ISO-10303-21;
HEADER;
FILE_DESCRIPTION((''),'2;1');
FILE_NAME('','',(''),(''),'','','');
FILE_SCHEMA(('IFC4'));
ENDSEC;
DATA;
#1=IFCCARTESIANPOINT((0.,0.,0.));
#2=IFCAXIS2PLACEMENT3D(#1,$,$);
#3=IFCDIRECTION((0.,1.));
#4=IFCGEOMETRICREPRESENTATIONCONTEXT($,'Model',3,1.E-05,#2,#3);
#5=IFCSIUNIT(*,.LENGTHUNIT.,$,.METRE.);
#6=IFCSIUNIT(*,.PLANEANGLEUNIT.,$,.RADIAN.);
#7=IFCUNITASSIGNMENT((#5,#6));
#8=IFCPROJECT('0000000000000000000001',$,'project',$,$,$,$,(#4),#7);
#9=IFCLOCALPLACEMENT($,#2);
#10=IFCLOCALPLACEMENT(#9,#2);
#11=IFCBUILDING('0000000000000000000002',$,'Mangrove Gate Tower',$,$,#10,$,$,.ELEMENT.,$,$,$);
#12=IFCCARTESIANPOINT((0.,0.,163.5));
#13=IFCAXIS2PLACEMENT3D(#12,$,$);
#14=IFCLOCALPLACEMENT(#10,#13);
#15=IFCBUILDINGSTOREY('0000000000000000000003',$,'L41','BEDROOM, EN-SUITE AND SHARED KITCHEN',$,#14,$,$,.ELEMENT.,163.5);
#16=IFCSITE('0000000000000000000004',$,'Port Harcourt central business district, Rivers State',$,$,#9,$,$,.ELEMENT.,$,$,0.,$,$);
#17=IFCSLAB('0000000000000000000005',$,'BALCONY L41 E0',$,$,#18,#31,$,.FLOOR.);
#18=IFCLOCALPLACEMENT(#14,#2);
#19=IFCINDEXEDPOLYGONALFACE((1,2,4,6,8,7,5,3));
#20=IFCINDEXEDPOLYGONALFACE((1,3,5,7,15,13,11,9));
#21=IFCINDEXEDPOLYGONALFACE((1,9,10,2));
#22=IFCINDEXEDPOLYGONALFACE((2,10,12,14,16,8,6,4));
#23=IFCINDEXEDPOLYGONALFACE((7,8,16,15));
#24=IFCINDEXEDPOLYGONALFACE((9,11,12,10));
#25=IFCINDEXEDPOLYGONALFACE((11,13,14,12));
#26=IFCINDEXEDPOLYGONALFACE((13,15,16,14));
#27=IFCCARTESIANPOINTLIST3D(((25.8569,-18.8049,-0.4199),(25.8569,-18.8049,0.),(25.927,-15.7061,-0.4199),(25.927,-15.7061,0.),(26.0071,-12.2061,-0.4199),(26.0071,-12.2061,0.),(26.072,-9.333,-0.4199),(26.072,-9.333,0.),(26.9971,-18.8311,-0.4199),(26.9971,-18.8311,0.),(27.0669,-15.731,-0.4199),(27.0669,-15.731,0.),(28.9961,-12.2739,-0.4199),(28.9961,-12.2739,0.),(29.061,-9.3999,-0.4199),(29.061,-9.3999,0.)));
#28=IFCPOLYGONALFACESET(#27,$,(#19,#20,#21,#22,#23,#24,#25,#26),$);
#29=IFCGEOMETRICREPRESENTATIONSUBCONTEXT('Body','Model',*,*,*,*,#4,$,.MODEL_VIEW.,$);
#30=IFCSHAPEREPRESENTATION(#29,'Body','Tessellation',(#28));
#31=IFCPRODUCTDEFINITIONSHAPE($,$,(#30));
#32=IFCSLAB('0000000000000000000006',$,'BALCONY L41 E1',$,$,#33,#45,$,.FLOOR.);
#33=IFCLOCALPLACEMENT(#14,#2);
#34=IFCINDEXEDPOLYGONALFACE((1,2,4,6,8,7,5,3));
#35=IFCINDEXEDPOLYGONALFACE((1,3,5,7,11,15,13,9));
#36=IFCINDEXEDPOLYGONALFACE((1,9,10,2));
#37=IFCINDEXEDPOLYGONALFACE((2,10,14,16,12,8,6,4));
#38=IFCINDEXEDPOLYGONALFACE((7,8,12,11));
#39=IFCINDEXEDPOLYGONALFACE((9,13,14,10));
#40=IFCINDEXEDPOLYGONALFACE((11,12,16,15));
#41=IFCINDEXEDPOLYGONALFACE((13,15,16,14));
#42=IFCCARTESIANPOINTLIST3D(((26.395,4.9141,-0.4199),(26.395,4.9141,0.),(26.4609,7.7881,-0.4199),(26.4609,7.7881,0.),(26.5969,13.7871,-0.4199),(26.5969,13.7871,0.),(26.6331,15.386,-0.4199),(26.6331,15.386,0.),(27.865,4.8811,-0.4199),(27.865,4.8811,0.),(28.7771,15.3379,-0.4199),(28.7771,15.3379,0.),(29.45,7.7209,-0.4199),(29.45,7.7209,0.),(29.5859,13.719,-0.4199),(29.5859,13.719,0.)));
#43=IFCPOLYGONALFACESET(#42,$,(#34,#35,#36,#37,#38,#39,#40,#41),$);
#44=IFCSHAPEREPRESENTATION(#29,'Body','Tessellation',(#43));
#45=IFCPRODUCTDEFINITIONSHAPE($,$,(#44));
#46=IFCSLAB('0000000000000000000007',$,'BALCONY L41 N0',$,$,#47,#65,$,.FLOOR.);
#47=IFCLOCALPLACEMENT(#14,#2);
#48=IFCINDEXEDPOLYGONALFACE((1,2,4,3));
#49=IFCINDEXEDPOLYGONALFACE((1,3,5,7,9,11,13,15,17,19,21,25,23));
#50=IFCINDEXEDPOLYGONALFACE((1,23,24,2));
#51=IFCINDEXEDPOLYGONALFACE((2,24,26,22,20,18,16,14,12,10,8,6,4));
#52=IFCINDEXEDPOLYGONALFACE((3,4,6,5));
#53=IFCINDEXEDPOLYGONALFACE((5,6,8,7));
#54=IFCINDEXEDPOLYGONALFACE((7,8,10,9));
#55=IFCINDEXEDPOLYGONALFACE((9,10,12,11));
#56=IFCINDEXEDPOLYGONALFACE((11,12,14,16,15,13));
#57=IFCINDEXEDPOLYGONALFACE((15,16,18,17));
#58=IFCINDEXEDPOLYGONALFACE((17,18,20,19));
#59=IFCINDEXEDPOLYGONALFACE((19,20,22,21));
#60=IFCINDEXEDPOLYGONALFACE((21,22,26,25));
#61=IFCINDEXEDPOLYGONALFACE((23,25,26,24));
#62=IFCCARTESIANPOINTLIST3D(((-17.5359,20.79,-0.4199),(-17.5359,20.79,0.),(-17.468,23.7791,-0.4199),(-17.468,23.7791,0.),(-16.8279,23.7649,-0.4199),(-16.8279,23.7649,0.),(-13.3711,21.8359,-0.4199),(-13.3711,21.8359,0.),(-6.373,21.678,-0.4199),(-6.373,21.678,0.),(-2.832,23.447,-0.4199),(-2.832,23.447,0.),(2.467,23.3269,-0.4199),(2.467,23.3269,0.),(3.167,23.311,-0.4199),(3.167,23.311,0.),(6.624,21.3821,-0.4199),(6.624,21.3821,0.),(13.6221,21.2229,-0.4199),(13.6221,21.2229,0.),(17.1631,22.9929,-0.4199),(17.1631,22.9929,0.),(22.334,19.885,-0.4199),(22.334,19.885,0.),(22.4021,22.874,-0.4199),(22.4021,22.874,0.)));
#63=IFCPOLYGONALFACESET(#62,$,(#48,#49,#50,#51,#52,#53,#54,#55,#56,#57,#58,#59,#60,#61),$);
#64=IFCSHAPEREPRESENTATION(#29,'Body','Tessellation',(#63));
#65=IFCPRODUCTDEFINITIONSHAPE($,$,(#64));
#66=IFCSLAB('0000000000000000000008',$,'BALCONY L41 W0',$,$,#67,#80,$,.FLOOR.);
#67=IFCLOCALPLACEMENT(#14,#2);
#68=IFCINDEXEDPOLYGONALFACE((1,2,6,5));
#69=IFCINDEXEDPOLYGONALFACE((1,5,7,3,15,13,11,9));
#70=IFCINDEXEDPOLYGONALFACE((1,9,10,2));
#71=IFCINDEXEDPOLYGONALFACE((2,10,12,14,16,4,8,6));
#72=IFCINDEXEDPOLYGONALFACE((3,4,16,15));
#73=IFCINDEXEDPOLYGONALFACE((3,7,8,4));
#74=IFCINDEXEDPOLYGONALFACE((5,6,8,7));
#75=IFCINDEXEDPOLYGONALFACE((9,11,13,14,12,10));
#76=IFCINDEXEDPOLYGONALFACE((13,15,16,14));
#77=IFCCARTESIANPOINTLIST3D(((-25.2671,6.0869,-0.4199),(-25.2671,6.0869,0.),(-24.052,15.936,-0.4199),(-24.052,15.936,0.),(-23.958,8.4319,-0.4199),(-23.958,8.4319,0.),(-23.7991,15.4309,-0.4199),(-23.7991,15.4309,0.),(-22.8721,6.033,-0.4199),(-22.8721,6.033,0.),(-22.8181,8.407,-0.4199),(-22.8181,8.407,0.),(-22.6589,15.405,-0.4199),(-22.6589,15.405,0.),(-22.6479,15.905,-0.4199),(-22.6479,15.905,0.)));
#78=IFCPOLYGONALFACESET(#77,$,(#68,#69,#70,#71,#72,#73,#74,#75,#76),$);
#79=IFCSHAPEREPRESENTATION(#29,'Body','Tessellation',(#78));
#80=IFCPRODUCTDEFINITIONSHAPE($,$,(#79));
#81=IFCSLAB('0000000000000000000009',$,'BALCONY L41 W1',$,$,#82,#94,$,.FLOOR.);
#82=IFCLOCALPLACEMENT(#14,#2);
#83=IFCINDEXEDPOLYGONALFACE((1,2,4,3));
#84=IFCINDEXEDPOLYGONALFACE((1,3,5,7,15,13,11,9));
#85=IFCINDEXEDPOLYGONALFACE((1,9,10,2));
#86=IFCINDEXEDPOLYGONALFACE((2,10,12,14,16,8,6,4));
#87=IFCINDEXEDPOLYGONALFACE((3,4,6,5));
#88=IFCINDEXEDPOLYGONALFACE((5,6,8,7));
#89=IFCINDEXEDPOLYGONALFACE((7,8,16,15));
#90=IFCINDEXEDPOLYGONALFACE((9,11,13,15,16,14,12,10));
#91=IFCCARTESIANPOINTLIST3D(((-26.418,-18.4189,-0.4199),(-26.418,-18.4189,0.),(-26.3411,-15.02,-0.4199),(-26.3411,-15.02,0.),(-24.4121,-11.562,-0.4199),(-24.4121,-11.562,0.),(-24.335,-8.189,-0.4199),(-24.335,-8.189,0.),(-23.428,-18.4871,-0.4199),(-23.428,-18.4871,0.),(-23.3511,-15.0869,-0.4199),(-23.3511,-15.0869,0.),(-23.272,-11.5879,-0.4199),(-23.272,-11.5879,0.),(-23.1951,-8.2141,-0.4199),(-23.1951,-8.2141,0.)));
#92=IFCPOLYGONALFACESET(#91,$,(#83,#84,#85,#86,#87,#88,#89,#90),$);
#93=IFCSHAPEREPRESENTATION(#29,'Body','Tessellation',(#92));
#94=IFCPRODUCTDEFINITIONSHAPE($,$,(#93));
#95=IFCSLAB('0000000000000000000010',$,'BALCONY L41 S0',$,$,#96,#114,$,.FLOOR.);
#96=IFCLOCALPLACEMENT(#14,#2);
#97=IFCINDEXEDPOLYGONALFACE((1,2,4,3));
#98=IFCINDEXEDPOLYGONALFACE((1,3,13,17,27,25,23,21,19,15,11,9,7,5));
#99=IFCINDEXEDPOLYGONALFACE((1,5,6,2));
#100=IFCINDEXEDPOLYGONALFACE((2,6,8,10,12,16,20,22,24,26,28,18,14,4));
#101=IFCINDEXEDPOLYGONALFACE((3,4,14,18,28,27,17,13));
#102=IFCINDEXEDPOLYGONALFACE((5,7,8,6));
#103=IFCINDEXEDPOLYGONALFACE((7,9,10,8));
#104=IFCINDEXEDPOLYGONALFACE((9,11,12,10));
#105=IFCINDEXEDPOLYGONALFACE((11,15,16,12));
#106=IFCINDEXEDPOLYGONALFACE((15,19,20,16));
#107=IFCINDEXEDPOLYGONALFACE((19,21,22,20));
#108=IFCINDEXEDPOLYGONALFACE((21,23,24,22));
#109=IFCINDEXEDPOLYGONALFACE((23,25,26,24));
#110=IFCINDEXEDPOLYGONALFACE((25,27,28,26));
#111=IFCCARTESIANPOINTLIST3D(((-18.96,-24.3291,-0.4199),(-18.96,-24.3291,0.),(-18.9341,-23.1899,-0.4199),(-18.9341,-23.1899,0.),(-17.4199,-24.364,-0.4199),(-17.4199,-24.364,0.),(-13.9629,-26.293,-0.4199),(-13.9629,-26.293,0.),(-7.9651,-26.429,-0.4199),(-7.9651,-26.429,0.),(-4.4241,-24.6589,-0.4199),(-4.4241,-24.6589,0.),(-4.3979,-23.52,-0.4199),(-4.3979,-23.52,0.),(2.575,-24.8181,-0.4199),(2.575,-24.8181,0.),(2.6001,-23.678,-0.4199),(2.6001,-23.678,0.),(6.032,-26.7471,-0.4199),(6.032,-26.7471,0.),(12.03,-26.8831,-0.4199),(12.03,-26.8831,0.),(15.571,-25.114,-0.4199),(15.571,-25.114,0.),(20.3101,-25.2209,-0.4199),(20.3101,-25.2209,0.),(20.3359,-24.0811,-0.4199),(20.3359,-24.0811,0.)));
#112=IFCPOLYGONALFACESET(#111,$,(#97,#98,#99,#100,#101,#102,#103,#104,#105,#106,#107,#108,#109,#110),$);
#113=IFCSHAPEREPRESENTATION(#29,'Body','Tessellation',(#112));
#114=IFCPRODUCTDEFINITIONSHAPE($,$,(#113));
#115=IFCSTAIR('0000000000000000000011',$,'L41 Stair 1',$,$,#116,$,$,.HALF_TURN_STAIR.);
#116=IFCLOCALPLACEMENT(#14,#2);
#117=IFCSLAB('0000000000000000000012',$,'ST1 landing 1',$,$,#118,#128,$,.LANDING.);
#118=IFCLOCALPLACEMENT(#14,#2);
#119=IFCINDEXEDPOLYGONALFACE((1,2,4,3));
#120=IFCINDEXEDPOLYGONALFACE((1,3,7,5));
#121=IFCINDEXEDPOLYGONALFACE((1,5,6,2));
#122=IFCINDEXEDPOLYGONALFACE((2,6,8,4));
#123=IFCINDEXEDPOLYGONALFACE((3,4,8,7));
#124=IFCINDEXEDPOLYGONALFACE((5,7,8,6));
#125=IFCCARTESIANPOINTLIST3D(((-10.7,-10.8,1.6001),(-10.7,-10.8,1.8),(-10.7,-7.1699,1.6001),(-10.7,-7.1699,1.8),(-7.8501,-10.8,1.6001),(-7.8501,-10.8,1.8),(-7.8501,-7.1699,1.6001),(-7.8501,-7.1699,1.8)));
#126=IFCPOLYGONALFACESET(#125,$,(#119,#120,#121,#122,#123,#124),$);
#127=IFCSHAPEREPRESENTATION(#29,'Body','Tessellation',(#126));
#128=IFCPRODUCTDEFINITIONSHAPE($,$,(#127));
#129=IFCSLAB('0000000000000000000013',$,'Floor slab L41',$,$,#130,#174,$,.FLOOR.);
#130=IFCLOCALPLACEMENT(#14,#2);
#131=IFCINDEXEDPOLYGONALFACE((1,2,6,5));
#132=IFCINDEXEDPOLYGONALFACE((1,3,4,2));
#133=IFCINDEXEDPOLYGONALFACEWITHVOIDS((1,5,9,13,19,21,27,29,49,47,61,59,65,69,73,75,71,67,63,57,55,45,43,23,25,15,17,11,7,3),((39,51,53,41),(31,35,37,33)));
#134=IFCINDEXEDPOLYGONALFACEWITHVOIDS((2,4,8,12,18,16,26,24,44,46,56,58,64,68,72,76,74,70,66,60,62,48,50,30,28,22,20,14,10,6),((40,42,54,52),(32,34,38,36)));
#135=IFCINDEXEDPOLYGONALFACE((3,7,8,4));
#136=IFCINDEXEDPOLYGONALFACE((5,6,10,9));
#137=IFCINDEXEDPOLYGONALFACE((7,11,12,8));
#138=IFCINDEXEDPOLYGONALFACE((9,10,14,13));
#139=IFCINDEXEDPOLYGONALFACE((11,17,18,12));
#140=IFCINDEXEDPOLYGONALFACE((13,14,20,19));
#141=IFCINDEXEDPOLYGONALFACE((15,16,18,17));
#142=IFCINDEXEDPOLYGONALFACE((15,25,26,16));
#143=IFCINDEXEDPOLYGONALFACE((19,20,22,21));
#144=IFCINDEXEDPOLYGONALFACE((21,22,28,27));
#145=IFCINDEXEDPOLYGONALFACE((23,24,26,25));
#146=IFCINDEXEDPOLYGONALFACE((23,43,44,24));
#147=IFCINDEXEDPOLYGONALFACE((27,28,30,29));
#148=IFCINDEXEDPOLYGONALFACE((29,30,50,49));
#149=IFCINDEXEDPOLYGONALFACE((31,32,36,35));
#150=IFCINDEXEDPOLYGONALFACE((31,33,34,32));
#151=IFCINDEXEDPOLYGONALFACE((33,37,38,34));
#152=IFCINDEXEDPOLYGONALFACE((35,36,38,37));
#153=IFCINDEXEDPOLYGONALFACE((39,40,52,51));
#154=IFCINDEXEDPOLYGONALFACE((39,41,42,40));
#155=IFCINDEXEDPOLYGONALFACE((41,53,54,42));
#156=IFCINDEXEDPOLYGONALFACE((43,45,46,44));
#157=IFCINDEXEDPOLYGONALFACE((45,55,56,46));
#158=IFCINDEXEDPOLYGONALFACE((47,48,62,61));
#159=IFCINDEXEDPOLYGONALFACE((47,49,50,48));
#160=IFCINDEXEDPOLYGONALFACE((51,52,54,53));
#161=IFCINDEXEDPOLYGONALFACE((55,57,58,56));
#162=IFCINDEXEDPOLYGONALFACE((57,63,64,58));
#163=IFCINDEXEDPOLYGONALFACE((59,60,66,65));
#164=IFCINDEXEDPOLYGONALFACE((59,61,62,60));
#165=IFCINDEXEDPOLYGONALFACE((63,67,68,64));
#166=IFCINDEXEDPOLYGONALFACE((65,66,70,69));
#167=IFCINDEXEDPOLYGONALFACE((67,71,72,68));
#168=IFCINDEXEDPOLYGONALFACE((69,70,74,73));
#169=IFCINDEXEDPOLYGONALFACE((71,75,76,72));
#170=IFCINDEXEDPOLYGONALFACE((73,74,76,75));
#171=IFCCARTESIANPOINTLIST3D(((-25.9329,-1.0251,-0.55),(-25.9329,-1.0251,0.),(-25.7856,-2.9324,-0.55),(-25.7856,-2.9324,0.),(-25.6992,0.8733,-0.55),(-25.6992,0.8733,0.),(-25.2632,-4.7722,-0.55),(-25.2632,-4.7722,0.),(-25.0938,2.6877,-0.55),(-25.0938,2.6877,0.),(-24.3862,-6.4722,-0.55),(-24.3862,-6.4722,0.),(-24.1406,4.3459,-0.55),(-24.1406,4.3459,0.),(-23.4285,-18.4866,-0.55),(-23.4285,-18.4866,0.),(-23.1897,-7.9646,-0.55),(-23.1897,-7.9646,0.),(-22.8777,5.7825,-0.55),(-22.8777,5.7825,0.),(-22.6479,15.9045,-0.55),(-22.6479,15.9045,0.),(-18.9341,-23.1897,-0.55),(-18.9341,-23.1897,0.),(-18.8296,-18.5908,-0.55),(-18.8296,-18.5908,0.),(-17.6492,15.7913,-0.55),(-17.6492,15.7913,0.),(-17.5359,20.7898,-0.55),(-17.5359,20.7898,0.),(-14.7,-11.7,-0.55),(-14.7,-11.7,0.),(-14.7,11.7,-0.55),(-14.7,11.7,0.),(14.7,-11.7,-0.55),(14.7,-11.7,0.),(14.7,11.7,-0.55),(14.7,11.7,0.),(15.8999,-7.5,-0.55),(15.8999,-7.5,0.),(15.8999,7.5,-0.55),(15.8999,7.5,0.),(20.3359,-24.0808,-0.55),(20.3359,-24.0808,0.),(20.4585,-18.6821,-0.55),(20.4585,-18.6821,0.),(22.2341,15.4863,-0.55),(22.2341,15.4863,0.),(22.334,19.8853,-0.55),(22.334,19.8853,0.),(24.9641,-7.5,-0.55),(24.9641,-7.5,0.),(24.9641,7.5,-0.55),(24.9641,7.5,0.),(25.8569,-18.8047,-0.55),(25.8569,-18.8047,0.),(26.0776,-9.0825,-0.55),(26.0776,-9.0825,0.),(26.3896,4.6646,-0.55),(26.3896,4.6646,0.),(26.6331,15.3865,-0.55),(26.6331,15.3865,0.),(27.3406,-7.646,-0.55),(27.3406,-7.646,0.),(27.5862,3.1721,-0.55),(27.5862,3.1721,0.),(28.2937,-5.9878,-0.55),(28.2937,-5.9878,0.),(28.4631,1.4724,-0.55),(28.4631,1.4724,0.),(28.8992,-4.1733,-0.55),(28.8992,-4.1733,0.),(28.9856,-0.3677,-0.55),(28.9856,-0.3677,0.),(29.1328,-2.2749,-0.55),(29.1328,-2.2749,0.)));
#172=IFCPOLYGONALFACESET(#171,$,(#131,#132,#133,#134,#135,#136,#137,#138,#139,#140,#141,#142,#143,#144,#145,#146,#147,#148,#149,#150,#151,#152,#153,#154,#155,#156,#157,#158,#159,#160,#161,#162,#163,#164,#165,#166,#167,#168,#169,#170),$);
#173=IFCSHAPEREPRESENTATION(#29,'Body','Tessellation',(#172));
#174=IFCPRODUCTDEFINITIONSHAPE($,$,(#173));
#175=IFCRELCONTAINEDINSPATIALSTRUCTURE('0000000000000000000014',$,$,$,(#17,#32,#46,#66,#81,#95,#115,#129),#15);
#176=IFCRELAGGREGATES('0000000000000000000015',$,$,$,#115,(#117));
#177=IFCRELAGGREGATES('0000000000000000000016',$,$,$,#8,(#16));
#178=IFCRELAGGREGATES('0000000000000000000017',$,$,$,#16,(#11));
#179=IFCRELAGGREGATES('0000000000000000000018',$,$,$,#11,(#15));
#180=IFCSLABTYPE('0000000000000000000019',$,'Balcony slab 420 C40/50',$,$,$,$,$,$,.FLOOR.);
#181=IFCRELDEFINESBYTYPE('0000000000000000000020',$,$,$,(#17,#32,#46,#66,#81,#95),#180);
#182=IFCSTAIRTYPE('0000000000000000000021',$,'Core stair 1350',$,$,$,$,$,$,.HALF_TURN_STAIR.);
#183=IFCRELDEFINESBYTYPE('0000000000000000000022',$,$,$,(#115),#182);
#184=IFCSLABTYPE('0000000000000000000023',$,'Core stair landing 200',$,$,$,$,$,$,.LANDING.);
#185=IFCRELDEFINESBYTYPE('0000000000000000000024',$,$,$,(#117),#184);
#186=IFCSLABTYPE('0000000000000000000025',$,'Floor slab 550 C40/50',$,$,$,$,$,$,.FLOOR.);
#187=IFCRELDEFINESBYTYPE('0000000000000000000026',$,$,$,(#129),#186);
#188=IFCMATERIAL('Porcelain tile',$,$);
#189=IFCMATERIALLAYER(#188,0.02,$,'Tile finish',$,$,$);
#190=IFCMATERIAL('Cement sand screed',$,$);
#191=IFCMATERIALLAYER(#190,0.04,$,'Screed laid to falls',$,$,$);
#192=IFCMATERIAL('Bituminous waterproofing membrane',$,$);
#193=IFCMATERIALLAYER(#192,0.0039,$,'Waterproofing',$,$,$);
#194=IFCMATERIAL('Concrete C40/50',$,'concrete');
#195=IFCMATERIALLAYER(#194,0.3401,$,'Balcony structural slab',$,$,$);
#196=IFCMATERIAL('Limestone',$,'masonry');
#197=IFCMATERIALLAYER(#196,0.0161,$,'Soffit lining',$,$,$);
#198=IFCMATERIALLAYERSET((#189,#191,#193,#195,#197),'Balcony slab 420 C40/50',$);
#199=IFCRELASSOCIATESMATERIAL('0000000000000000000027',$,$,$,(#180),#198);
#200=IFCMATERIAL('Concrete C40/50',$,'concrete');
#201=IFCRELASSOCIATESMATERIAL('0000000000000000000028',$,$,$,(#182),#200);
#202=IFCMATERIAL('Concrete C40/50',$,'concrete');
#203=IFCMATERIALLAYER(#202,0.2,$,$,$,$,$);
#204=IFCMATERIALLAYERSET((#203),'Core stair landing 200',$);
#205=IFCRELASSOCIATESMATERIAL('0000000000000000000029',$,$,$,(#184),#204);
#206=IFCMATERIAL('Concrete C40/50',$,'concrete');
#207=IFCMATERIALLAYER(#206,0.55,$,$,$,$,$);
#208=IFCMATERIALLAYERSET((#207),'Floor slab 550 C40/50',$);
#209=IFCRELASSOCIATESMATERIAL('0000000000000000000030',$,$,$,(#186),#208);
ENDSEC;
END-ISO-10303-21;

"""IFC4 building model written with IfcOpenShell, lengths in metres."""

from ifc_helpers import new_model, si_unit, direction, frame, origin, place, context, subcontext, project, spatial, polyline, outline, extrude, material, layer, layer_set, type_object, element, aggregate, save


model = new_model("IFC4")

# Units and contexts
model_context = context("Model", 3, precision=1e-05, world=origin(), true_north=direction((0.0, 1.0)))
body_context = subcontext(model_context, "Body", "Model", "MODEL_VIEW")
ifc_project = project(units=[si_unit("LENGTHUNIT", "METRE"), si_unit("PLANEANGLEUNIT", "RADIAN")], contexts=[model_context])

# Site, building, storey
site_placement = place(None, origin())
site = spatial("IfcSite", under=ifc_project, at=site_placement, Name="Port Harcourt central business district, Rivers State", CompositionType="ELEMENT", RefElevation=0.0)
building_placement = place(site_placement, origin())
building = spatial("IfcBuilding", under=site, at=building_placement, Name="Mangrove Gate Tower", CompositionType="ELEMENT")
storey_placement = place(building_placement, frame((0.0, 0.0, 163.5)))
storey = spatial("IfcBuildingStorey", under=building, at=storey_placement, Name="L41", Description="BEDROOM, EN-SUITE AND SHARED KITCHEN", CompositionType="ELEMENT", Elevation=163.5)

# Slabs
ifc_material_1 = material(Name="Porcelain tile")
ifc_layer_1 = layer(ifc_material_1, 0.02, Name="Tile finish")
ifc_material_2 = material(Name="Cement sand screed")
ifc_layer_2 = layer(ifc_material_2, 0.04, Name="Screed laid to falls")
ifc_material_3 = material(Name="Bituminous waterproofing membrane")
ifc_layer_3 = layer(ifc_material_3, 0.0039, Name="Waterproofing")
ifc_material_4 = material(Name="Concrete C40/50", Category="concrete")
ifc_layer_4 = layer(ifc_material_4, 0.3401, Name="Balcony structural slab")
ifc_material_5 = material(Name="Limestone", Category="masonry")
ifc_layer_5 = layer(ifc_material_5, 0.0161, Name="Soffit lining")
ifc_layer_set_1 = layer_set([ifc_layer_1, ifc_layer_2, ifc_layer_3, ifc_layer_4, ifc_layer_5], Name="Balcony slab 420 C40/50")
slab_type_1 = type_object("IfcSlabType", Name="Balcony slab 420 C40/50", PredefinedType="FLOOR", material=ifc_layer_set_1)
slab_1_placement = place(storey_placement, frame((0.0, 0.0, -0.4199)))
element("IfcSlab", 1, at=slab_1_placement, inside=storey, type_object=slab_type_1, Name="BALCONY L41 E0", PredefinedType="FLOOR", context=body_context, shape_type="SweptSolid", body=[
    extrude(outline(polyline([(26.9971, -18.8311), (27.0669, -15.731), (28.9961, -12.2739), (29.061, -9.3999), (26.072, -9.333), (26.0071, -12.2061), (25.927, -15.7061), (25.8569, -18.8049), (26.9971, -18.8311)])), origin(), (0.0, 0.0, 1.0), 0.4199),
])
slab_2_placement = place(storey_placement, frame((0.0, 0.0, -0.4199)))
element("IfcSlab", 2, at=slab_2_placement, inside=storey, type_object=slab_type_1, Name="BALCONY L41 E1", PredefinedType="FLOOR", context=body_context, shape_type="SweptSolid", body=[
    extrude(outline(polyline([(27.865, 4.8811), (29.45, 7.7209), (29.5859, 13.719), (28.7771, 15.3379), (26.6331, 15.386), (26.5969, 13.7871), (26.4609, 7.7881), (26.395, 4.9141), (27.865, 4.8811)])), origin(), (0.0, 0.0, 1.0), 0.4199),
])
slab_3_placement = place(storey_placement, frame((0.0, 0.0, -0.4199)))
element("IfcSlab", 3, at=slab_3_placement, inside=storey, type_object=slab_type_1, Name="BALCONY L41 N0", PredefinedType="FLOOR", context=body_context, shape_type="SweptSolid", body=[
    extrude(outline(polyline([(22.4021, 22.874), (17.1631, 22.9929), (13.6221, 21.2229), (6.624, 21.3821), (3.167, 23.311), (2.467, 23.3269), (-2.832, 23.447), (-6.373, 21.678), (-13.3711, 21.8359), (-16.8279, 23.7649), (-17.468, 23.7791), (-17.5359, 20.79), (22.334, 19.885), (22.4021, 22.874)])), origin(), (0.0, 0.0, 1.0), 0.4199),
])
slab_4_placement = place(storey_placement, frame((0.0, 0.0, -0.4199)))
element("IfcSlab", 4, at=slab_4_placement, inside=storey, type_object=slab_type_1, Name="BALCONY L41 W0", PredefinedType="FLOOR", context=body_context, shape_type="SweptSolid", body=[
    extrude(outline(polyline([(-24.052, 15.936), (-23.7991, 15.4309), (-23.958, 8.4319), (-25.2671, 6.0869), (-22.8721, 6.033), (-22.8181, 8.407), (-22.6589, 15.405), (-22.6479, 15.905), (-24.052, 15.936)])), origin(), (0.0, 0.0, 1.0), 0.4199),
])
slab_5_placement = place(storey_placement, frame((0.0, 0.0, -0.4199)))
element("IfcSlab", 5, at=slab_5_placement, inside=storey, type_object=slab_type_1, Name="BALCONY L41 W1", PredefinedType="FLOOR", context=body_context, shape_type="SweptSolid", body=[
    extrude(outline(polyline([(-24.335, -8.189), (-24.4121, -11.562), (-26.3411, -15.02), (-26.418, -18.4189), (-23.428, -18.4871), (-23.3511, -15.0869), (-23.272, -11.5879), (-23.1951, -8.2141), (-24.335, -8.189)])), origin(), (0.0, 0.0, 1.0), 0.4199),
])
slab_6_placement = place(storey_placement, frame((0.0, 0.0, -0.4199)))
element("IfcSlab", 6, at=slab_6_placement, inside=storey, type_object=slab_type_1, Name="BALCONY L41 S0", PredefinedType="FLOOR", context=body_context, shape_type="SweptSolid", body=[
    extrude(outline(polyline([(-18.96, -24.3291), (-17.4199, -24.364), (-13.9629, -26.293), (-7.9651, -26.429), (-4.4241, -24.6589), (2.575, -24.8181), (6.032, -26.7471), (12.03, -26.8831), (15.571, -25.114), (20.3101, -25.2209), (20.3359, -24.0811), (2.6001, -23.678), (-4.3979, -23.52), (-18.9341, -23.1899), (-18.96, -24.3291)])), origin(), (0.0, 0.0, 1.0), 0.4199),
])

# Stair, slab
ifc_material_6 = material(Name="Concrete C40/50", Category="concrete")
stair_type = type_object("IfcStairType", Name="Core stair 1350", PredefinedType="HALF_TURN_STAIR", material=ifc_material_6)
stair_placement = place(storey_placement, origin())
stair = element("IfcStair", 7, at=stair_placement, inside=storey, type_object=stair_type, Name="L41 Stair 1", PredefinedType="HALF_TURN_STAIR")
ifc_material_7 = material(Name="Concrete C40/50", Category="concrete")
ifc_layer_6 = layer(ifc_material_7, 0.2)
ifc_layer_set_2 = layer_set([ifc_layer_6], Name="Core stair landing 200")
slab_type_2 = type_object("IfcSlabType", Name="Core stair landing 200", PredefinedType="LANDING", material=ifc_layer_set_2)
slab_7_placement = place(storey_placement, frame((0.0, 0.0, 1.6001)))
slab_7 = element("IfcSlab", 8, at=slab_7_placement, type_object=slab_type_2, Name="ST1 landing 1", PredefinedType="LANDING", context=body_context, shape_type="SweptSolid", body=[
    extrude(outline(polyline([(-10.7, -7.1699), (-10.7, -10.8), (-7.8501, -10.8), (-7.8501, -7.1699), (-10.7, -7.1699)])), origin(), (0.0, 0.0, 1.0), 0.2),
])
aggregate(stair, [slab_7])

# Slab
ifc_material_8 = material(Name="Concrete C40/50", Category="concrete")
ifc_layer_7 = layer(ifc_material_8, 0.55)
ifc_layer_set_3 = layer_set([ifc_layer_7], Name="Floor slab 550 C40/50")
slab_type_3 = type_object("IfcSlabType", Name="Floor slab 550 C40/50", PredefinedType="FLOOR", material=ifc_layer_set_3)
slab_8_placement = place(storey_placement, frame((0.0, 0.0, -0.55)))
element("IfcSlab", 9, at=slab_8_placement, inside=storey, type_object=slab_type_3, Name="Floor slab L41", PredefinedType="FLOOR", context=body_context, shape_type="SweptSolid", body=[
    extrude(outline(polyline([(-18.9341, -23.1897), (20.3359, -24.0808), (20.4585, -18.6821), (25.8569, -18.8047), (26.0776, -9.0825), (27.3406, -7.646), (28.2937, -5.9878), (28.8992, -4.1733), (29.1328, -2.2749), (28.9856, -0.3677), (28.4631, 1.4724), (27.5862, 3.1721), (26.3896, 4.6646), (26.6331, 15.3865), (22.2341, 15.4863), (22.334, 19.8853), (-17.5359, 20.7898), (-17.6492, 15.7913), (-22.6479, 15.9045), (-22.8777, 5.7825), (-24.1406, 4.3459), (-25.0938, 2.6877), (-25.6992, 0.8733), (-25.9329, -1.0251), (-25.7856, -2.9324), (-25.2632, -4.7722), (-24.3862, -6.4722), (-23.1897, -7.9646), (-23.4285, -18.4866), (-18.8296, -18.5908), (-18.9341, -23.1897)]), holes=[polyline([(15.8999, 7.5), (24.9641, 7.5), (24.9641, -7.5), (15.8999, -7.5), (15.8999, 7.5)]), polyline([(-14.7, -11.7), (-14.7, 11.7), (14.7, 11.7), (14.7, -11.7), (-14.7, -11.7)])]), origin(), (0.0, 0.0, 1.0), 0.55),
])

save(model, "model.ifc")
